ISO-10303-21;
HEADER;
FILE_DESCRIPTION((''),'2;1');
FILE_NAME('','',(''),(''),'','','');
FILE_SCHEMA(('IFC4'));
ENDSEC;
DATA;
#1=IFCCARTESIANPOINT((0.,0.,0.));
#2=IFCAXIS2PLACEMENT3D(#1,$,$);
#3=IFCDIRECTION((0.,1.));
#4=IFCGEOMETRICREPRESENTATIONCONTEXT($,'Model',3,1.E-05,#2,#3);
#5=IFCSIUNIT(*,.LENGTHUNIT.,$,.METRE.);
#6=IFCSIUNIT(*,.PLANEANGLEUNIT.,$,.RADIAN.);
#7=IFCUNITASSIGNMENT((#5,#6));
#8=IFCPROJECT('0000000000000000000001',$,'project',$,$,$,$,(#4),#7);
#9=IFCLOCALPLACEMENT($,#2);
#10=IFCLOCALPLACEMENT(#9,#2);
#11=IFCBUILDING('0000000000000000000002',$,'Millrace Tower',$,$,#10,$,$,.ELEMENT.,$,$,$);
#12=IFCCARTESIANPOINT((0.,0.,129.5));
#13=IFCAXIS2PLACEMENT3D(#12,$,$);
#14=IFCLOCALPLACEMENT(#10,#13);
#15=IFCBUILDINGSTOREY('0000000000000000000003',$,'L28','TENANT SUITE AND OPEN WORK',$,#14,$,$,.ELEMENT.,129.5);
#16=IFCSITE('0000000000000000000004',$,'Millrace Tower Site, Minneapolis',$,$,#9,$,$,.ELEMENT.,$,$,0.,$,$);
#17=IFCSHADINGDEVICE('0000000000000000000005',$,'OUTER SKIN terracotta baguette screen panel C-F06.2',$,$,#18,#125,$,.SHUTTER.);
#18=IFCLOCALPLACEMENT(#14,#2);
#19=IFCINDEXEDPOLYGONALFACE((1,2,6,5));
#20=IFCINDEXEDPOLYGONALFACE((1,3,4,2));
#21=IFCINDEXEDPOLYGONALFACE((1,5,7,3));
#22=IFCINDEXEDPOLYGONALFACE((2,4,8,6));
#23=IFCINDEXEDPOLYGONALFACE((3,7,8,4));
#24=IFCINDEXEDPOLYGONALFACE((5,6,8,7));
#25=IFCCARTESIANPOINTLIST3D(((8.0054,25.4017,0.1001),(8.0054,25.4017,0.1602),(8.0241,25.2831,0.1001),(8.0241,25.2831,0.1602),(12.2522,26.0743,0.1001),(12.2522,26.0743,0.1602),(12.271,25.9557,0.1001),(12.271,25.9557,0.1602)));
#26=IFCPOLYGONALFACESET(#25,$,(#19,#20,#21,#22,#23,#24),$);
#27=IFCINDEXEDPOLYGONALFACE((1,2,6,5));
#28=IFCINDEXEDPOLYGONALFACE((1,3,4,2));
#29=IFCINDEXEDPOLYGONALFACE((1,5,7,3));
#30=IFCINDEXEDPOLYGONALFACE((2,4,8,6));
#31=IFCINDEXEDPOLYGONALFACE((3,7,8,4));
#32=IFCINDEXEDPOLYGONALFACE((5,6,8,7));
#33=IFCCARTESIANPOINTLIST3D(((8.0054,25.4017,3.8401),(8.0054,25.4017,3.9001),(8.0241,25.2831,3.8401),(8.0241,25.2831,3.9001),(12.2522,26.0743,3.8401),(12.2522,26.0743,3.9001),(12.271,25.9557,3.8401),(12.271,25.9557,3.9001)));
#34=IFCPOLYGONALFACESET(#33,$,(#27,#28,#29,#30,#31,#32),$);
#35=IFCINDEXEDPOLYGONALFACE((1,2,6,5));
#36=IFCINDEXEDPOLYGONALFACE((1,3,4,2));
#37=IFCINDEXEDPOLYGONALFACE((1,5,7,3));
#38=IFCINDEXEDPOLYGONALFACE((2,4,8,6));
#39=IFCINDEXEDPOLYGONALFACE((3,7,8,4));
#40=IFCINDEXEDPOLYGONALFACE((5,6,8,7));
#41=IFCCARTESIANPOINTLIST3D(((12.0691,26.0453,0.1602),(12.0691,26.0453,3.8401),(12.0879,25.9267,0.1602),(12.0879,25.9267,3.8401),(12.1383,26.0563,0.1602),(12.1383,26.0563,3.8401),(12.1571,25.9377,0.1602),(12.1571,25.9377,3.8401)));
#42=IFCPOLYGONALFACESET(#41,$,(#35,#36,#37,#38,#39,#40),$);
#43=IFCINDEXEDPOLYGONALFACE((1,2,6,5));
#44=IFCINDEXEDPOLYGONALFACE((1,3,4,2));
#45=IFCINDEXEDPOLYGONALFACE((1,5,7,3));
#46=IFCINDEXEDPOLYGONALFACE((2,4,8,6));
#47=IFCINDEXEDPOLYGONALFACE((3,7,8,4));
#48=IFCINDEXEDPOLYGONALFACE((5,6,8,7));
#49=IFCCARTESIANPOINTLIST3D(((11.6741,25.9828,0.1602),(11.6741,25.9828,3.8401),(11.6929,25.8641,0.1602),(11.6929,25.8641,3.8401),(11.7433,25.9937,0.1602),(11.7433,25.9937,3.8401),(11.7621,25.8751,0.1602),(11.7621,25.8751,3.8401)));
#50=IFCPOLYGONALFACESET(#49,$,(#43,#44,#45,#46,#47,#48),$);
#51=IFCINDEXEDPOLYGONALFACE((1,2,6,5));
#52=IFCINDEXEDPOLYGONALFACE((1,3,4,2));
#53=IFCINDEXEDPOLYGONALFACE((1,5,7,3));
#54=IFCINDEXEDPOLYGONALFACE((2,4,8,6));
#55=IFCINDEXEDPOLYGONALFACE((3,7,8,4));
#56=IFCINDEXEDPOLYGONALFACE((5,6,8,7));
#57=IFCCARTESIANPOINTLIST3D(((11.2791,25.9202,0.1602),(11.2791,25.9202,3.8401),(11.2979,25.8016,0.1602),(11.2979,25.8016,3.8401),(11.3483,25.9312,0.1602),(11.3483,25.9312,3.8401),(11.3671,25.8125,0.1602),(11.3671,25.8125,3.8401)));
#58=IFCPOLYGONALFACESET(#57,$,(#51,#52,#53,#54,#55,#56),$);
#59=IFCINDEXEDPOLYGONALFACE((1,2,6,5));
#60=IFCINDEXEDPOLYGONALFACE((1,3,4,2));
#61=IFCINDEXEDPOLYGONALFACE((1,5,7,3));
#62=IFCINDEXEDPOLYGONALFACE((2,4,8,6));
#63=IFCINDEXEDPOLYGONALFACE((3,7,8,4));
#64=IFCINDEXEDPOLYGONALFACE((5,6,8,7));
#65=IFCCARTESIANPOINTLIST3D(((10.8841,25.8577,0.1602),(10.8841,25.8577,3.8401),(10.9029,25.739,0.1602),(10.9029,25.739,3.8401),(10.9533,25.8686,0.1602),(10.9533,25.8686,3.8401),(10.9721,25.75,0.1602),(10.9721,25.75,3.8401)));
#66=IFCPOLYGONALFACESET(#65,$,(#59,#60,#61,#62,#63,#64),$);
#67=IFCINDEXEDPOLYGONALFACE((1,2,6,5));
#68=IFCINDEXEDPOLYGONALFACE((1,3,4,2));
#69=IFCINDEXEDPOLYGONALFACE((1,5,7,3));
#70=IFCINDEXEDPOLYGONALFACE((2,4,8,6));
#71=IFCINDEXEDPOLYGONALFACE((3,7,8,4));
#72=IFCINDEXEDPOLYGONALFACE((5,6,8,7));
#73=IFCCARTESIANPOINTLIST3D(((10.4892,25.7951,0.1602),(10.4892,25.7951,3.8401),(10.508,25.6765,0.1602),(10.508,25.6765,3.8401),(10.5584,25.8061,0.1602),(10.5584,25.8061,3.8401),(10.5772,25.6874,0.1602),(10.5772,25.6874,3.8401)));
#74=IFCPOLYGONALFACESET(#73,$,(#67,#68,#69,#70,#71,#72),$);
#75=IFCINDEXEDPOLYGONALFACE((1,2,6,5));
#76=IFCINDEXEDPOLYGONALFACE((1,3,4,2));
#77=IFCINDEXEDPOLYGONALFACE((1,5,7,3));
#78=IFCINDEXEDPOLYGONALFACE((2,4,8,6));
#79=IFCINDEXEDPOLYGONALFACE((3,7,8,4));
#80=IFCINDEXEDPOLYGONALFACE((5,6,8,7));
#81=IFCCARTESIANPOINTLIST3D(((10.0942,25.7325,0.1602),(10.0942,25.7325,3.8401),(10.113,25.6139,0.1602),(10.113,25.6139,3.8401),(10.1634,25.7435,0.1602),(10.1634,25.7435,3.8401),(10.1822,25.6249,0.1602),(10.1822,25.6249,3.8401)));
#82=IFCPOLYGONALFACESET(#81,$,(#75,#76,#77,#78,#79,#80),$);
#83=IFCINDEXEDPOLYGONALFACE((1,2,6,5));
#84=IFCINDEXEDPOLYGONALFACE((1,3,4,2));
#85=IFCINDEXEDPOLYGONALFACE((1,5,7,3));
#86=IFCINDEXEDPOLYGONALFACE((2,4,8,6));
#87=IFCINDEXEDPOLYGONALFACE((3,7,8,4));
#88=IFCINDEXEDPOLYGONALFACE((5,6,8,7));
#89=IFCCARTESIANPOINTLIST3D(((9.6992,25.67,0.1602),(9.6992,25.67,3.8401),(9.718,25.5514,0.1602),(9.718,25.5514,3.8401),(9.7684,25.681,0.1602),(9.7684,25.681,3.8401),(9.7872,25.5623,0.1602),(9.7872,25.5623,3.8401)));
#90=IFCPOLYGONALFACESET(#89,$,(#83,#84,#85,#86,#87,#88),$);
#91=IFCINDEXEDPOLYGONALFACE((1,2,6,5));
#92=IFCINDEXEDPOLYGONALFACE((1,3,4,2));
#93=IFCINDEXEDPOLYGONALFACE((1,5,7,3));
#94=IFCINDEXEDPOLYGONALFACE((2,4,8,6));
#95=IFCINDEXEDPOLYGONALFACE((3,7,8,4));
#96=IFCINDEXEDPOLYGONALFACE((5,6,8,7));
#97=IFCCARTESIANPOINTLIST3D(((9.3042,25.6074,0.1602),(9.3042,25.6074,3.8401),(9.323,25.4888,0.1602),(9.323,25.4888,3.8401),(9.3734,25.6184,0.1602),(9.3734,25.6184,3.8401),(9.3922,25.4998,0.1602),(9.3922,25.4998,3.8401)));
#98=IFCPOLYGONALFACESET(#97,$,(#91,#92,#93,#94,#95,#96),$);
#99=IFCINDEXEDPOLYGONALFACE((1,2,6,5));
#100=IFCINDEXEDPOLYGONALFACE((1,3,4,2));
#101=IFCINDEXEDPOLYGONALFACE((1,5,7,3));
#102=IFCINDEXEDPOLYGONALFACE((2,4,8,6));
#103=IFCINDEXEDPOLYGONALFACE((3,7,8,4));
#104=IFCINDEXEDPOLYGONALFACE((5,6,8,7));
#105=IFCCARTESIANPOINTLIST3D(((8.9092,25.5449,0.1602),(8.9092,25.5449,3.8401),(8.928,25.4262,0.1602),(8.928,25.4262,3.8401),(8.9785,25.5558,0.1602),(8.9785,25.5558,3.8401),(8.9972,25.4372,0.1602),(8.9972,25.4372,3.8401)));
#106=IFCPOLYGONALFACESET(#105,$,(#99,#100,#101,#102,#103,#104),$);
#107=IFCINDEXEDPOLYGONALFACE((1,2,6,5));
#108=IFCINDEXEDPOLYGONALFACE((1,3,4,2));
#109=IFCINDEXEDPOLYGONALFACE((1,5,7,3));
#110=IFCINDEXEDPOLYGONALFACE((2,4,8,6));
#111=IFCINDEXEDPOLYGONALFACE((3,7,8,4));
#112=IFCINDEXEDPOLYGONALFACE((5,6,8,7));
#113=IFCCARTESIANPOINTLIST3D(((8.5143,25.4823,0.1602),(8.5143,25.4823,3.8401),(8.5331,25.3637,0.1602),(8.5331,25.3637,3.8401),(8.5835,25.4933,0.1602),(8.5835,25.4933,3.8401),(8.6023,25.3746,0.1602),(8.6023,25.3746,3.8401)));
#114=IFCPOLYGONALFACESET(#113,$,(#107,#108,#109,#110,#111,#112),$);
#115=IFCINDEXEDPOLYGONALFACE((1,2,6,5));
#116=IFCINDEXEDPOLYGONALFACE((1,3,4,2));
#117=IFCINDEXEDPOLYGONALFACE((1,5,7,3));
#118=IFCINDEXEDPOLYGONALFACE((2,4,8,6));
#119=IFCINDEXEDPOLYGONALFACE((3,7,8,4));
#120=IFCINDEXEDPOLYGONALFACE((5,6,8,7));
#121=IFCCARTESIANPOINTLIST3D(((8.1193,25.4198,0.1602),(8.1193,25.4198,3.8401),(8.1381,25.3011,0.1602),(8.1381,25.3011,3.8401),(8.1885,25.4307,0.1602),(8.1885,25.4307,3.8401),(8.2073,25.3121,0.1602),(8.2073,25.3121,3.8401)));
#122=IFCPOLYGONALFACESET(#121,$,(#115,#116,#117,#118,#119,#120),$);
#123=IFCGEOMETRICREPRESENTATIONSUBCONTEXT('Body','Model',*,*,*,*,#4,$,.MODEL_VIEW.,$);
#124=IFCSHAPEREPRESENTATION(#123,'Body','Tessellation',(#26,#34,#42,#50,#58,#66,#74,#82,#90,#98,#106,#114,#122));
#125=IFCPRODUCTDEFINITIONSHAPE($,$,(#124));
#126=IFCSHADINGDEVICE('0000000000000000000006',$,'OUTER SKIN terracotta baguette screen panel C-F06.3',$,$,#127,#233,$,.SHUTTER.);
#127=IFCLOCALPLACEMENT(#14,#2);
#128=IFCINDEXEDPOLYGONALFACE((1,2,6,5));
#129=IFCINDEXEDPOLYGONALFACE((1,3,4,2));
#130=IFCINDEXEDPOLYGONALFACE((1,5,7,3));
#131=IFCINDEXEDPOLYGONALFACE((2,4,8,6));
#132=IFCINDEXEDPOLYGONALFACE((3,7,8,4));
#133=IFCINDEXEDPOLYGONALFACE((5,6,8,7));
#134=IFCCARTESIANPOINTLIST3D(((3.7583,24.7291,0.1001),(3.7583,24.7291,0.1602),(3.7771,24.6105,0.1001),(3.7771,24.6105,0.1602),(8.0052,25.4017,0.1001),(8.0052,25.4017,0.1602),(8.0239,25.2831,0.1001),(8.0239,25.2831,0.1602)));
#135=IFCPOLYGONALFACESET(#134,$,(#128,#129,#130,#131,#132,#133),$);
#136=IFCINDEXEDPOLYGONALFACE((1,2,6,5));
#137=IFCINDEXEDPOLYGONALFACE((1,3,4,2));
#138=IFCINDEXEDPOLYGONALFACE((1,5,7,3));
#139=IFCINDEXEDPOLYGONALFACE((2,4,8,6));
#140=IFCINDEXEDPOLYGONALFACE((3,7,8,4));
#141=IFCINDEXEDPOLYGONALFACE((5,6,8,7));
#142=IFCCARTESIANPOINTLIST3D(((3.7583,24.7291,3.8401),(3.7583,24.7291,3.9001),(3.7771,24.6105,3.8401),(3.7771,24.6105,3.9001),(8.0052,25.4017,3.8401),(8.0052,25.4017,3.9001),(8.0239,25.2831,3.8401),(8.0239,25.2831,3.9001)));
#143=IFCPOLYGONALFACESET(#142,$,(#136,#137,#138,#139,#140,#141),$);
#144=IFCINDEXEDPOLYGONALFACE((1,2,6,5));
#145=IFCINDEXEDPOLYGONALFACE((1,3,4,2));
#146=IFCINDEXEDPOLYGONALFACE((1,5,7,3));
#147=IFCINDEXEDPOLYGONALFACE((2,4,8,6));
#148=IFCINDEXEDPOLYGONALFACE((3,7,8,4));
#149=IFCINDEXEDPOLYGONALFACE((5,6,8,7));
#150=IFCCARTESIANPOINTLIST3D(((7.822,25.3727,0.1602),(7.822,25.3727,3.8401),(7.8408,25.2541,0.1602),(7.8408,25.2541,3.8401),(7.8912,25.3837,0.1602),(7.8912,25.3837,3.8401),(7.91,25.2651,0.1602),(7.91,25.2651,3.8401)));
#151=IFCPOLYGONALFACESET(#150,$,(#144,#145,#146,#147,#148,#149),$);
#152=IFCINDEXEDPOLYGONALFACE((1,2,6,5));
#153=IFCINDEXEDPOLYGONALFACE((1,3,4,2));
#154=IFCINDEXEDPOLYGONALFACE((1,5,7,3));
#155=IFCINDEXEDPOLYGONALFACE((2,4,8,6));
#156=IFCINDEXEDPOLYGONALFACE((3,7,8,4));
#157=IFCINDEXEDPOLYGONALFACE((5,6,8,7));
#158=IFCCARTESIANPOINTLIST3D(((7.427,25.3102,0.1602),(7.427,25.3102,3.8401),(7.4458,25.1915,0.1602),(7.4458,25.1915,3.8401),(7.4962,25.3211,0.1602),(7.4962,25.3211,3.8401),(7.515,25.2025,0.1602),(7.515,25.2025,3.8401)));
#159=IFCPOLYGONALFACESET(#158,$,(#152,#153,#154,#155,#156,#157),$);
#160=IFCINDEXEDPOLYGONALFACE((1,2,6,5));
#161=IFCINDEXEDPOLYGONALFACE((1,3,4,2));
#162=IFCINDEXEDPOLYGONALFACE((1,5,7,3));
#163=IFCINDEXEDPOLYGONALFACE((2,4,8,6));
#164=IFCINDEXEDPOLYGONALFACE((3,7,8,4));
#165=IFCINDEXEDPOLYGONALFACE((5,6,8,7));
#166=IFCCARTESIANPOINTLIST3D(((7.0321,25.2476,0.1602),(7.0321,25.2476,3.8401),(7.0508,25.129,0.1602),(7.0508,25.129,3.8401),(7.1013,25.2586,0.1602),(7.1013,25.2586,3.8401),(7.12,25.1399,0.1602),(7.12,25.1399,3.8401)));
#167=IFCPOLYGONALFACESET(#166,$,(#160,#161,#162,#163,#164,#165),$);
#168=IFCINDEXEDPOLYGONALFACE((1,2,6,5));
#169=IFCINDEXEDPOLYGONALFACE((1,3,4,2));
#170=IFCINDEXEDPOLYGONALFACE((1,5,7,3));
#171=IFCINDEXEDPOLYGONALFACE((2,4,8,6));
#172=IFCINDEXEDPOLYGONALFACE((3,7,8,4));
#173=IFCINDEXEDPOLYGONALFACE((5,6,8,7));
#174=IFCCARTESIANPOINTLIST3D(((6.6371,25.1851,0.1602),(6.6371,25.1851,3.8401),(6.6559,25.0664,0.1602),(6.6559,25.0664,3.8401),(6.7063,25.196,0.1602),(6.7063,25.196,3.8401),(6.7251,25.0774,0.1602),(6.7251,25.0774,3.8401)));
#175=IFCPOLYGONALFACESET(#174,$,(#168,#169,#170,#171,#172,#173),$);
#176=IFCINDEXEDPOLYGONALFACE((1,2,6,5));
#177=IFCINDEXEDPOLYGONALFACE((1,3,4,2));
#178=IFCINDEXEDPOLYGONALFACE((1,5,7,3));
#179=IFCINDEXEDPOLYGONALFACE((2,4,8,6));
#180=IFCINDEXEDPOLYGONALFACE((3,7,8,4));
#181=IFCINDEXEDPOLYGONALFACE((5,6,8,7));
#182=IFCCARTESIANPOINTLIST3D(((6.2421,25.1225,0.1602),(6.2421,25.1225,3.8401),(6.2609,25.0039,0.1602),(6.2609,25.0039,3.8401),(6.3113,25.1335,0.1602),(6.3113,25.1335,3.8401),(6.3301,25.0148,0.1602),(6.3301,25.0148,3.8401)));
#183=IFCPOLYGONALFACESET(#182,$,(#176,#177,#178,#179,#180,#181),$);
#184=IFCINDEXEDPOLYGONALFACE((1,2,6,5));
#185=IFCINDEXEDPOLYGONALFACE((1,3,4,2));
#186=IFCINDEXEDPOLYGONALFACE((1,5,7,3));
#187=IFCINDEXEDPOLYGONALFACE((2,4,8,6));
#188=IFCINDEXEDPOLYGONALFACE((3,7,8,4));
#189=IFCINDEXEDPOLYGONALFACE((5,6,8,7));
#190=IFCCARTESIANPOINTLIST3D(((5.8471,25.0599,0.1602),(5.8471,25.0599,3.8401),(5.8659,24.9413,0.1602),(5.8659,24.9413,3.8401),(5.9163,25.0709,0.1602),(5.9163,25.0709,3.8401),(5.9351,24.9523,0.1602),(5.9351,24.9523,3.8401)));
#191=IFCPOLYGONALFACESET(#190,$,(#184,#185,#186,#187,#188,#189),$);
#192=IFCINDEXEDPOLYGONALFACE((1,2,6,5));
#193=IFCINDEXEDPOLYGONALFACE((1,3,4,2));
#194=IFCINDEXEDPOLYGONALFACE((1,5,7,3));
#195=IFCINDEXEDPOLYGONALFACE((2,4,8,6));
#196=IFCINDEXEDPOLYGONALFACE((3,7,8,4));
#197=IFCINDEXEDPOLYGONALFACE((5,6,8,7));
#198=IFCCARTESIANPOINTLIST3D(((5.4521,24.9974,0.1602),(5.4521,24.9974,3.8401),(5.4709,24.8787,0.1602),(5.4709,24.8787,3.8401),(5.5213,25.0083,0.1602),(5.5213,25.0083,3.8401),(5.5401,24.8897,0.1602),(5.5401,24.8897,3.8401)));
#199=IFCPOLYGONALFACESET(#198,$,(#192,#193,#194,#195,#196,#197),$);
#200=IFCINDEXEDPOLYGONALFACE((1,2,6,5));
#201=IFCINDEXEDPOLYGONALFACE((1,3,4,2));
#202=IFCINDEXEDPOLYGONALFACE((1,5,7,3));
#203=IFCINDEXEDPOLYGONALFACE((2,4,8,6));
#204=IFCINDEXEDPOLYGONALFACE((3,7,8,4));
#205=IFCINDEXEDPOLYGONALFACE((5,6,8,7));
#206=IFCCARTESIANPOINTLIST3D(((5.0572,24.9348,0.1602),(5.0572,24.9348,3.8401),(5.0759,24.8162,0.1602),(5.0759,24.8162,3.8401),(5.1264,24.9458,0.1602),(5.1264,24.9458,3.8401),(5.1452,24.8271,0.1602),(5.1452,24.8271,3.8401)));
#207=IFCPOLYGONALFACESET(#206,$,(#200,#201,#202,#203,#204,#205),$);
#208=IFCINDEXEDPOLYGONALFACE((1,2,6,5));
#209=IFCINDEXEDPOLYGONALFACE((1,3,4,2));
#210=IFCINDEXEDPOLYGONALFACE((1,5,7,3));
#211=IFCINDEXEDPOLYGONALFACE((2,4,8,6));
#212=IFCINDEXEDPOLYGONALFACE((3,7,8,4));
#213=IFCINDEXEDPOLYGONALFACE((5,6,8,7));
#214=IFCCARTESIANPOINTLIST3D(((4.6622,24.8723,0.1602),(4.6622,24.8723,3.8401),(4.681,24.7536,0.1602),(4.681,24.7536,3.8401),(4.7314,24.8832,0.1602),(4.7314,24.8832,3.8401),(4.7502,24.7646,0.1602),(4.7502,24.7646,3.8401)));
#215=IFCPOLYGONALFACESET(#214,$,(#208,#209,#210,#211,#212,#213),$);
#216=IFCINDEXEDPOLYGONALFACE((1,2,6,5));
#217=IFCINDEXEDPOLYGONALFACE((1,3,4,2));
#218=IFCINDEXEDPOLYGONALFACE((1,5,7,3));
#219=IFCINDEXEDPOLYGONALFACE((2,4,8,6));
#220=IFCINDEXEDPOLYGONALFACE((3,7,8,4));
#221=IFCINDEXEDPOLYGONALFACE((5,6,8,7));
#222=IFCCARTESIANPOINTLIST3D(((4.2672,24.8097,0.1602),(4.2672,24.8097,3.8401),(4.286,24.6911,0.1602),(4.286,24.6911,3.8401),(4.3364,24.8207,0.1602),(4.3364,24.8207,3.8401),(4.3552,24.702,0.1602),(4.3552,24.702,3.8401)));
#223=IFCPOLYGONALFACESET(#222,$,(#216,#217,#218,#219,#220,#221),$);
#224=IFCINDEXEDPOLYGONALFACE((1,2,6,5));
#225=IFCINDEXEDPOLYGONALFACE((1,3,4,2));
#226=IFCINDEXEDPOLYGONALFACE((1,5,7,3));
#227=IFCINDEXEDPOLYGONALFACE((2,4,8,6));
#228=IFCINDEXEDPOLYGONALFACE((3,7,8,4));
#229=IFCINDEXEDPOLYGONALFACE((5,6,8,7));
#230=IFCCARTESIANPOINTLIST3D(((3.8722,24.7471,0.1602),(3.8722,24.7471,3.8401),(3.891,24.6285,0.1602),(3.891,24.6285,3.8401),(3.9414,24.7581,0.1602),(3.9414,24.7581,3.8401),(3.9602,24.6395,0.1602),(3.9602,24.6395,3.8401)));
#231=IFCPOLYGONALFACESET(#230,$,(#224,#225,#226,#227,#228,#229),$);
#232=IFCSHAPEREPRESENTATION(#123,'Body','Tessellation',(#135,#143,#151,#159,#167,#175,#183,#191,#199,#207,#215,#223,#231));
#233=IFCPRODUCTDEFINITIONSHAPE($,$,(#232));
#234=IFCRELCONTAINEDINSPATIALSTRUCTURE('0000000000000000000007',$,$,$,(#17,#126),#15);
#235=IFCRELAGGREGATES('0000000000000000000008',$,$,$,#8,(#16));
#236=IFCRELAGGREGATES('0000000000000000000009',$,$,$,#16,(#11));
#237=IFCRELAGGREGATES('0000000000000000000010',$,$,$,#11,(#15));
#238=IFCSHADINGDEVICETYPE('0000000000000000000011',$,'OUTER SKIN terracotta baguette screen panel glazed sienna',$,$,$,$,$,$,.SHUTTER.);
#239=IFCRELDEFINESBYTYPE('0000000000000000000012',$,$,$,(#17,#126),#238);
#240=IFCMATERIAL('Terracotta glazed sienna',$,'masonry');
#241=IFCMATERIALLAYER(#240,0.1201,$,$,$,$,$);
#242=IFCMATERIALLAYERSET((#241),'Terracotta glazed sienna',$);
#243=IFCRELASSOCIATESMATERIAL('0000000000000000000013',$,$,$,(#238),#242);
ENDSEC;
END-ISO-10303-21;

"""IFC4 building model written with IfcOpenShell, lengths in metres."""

from ifc_helpers import new_model, entity, si_unit, direction, frame, frame_2d, origin, origin_2d, place, context, subcontext, project, spatial, rectangle, extrude, source, transform, mapped, material, layer, layer_set, type_object, element, save


model = new_model("IFC4")

# Units and contexts
model_context = context("Model", 3, precision=1e-05, world=origin(), true_north=direction((0.0, 1.0)))
body_context = subcontext(model_context, "Body", "Model", "MODEL_VIEW")
ifc_project = project(units=[si_unit("LENGTHUNIT", "METRE"), si_unit("PLANEANGLEUNIT", "RADIAN")], contexts=[model_context])

# Site, building, storey
site_placement = place(None, origin())
site = spatial("IfcSite", under=ifc_project, at=site_placement, Name="Millrace Tower Site, Minneapolis", CompositionType="ELEMENT", RefElevation=0.0)
building_placement = place(site_placement, origin())
building = spatial("IfcBuilding", under=site, at=building_placement, Name="Millrace Tower", CompositionType="ELEMENT")
storey_placement = place(building_placement, frame((0.0, 0.0, 129.5)))
storey = spatial("IfcBuildingStorey", under=building, at=storey_placement, Name="L28", Description="TENANT SUITE AND OPEN WORK", CompositionType="ELEMENT", Elevation=129.5)

# Shading devices
ifc_material_1 = material(Name="Terracotta glazed sienna", Category="masonry")
ifc_layer_1 = layer(ifc_material_1, 0.1201)
ifc_layer_set_1 = layer_set([ifc_layer_1], Name="Terracotta glazed sienna")
shading_device_type = type_object("IfcShadingDeviceType", Name="OUTER SKIN terracotta baguette screen panel glazed sienna", PredefinedType="SHUTTER", material=ifc_layer_set_1)
cartesian_point_1 = entity("IfcCartesianPoint", [-2.1499, 0.0601])
shared_polyline_1 = entity("IfcPolyline", [cartesian_point_1, entity("IfcCartesianPoint", [2.1499, 0.0601]), entity("IfcCartesianPoint", [2.1499, -0.0601]), entity("IfcCartesianPoint", [-2.1499, -0.0601]), cartesian_point_1])
shared_shape_1 = source(origin(), body_context, "Body", "SweptSolid", [
    entity("IfcExtrudedAreaSolid", entity("IfcArbitraryClosedProfileDef", "AREA", None, shared_polyline_1), entity("IfcAxis2Placement3D", entity("IfcCartesianPoint", [0.0, 0.0, 0.0])), entity("IfcDirection", [0.0, 0.0, 1.0]), 0.0601),
    entity("IfcExtrudedAreaSolid", entity("IfcArbitraryClosedProfileDef", "AREA", None, shared_polyline_1), entity("IfcAxis2Placement3D", entity("IfcCartesianPoint", [0.0, 0.0, 3.74])), entity("IfcDirection", [0.0, 0.0, 1.0]), 0.0601),
    extrude(rectangle(XDim=0.0701, YDim=0.1201, at=frame_2d((-1.9995, 0.0))), frame((0.0, 0.0, 0.0601)), (0.0, 0.0, 1.0), 3.6799),
    extrude(rectangle(XDim=0.0701, YDim=0.1201, at=frame_2d((-1.5996, 0.0))), frame((0.0, 0.0, 0.0601)), (0.0, 0.0, 1.0), 3.6799),
    extrude(rectangle(XDim=0.0701, YDim=0.1201, at=frame_2d((-1.1997, 0.0))), frame((0.0, 0.0, 0.0601)), (0.0, 0.0, 1.0), 3.6799),
    extrude(rectangle(XDim=0.0701, YDim=0.1201, at=frame_2d((-0.7998, 0.0))), frame((0.0, 0.0, 0.0601)), (0.0, 0.0, 1.0), 3.6799),
    extrude(rectangle(XDim=0.0701, YDim=0.1201, at=frame_2d((-0.3999, 0.0))), frame((0.0, 0.0, 0.0601)), (0.0, 0.0, 1.0), 3.6799),
    extrude(rectangle(XDim=0.0701, YDim=0.1201, at=origin_2d()), frame((0.0, 0.0, 0.0601)), (0.0, 0.0, 1.0), 3.6799),
    extrude(rectangle(XDim=0.0701, YDim=0.1201, at=frame_2d((0.3999, 0.0))), frame((0.0, 0.0, 0.0601)), (0.0, 0.0, 1.0), 3.6799),
    extrude(rectangle(XDim=0.0701, YDim=0.1201, at=frame_2d((0.7998, 0.0))), frame((0.0, 0.0, 0.0601)), (0.0, 0.0, 1.0), 3.6799),
    extrude(rectangle(XDim=0.0701, YDim=0.1201, at=frame_2d((1.1997, 0.0))), frame((0.0, 0.0, 0.0601)), (0.0, 0.0, 1.0), 3.6799),
    extrude(rectangle(XDim=0.0701, YDim=0.1201, at=frame_2d((1.5996, 0.0))), frame((0.0, 0.0, 0.0601)), (0.0, 0.0, 1.0), 3.6799),
    extrude(rectangle(XDim=0.0701, YDim=0.1201, at=frame_2d((1.9995, 0.0))), frame((0.0, 0.0, 0.0601)), (0.0, 0.0, 1.0), 3.6799),
])
for number, where, z_axis, x_axis, name in (
    (1, (10.1382, 25.6787, 0.1001), (0.0, 0.0, 1.0), (-0.987688, -0.156434, 0.0), "OUTER SKIN terracotta baguette screen panel C-F06.2"),
    (2, (5.8911, 25.0061, 0.1001), (0.0, 0.0, 1.0), (-0.987688, -0.156434, 0.0), "OUTER SKIN terracotta baguette screen panel C-F06.3"),
):
    element("IfcShadingDevice", number, at=place(storey_placement, frame(where, z_axis=z_axis, x_axis=x_axis)), inside=storey, type_object=shading_device_type, Name=name, PredefinedType="SHUTTER", context=body_context, shape_type="MappedRepresentation", body=[
        mapped(shared_shape_1, transform((0.0, 0.0, 0.0), scale=1.0)),
    ])

save(model, "model.ifc")
